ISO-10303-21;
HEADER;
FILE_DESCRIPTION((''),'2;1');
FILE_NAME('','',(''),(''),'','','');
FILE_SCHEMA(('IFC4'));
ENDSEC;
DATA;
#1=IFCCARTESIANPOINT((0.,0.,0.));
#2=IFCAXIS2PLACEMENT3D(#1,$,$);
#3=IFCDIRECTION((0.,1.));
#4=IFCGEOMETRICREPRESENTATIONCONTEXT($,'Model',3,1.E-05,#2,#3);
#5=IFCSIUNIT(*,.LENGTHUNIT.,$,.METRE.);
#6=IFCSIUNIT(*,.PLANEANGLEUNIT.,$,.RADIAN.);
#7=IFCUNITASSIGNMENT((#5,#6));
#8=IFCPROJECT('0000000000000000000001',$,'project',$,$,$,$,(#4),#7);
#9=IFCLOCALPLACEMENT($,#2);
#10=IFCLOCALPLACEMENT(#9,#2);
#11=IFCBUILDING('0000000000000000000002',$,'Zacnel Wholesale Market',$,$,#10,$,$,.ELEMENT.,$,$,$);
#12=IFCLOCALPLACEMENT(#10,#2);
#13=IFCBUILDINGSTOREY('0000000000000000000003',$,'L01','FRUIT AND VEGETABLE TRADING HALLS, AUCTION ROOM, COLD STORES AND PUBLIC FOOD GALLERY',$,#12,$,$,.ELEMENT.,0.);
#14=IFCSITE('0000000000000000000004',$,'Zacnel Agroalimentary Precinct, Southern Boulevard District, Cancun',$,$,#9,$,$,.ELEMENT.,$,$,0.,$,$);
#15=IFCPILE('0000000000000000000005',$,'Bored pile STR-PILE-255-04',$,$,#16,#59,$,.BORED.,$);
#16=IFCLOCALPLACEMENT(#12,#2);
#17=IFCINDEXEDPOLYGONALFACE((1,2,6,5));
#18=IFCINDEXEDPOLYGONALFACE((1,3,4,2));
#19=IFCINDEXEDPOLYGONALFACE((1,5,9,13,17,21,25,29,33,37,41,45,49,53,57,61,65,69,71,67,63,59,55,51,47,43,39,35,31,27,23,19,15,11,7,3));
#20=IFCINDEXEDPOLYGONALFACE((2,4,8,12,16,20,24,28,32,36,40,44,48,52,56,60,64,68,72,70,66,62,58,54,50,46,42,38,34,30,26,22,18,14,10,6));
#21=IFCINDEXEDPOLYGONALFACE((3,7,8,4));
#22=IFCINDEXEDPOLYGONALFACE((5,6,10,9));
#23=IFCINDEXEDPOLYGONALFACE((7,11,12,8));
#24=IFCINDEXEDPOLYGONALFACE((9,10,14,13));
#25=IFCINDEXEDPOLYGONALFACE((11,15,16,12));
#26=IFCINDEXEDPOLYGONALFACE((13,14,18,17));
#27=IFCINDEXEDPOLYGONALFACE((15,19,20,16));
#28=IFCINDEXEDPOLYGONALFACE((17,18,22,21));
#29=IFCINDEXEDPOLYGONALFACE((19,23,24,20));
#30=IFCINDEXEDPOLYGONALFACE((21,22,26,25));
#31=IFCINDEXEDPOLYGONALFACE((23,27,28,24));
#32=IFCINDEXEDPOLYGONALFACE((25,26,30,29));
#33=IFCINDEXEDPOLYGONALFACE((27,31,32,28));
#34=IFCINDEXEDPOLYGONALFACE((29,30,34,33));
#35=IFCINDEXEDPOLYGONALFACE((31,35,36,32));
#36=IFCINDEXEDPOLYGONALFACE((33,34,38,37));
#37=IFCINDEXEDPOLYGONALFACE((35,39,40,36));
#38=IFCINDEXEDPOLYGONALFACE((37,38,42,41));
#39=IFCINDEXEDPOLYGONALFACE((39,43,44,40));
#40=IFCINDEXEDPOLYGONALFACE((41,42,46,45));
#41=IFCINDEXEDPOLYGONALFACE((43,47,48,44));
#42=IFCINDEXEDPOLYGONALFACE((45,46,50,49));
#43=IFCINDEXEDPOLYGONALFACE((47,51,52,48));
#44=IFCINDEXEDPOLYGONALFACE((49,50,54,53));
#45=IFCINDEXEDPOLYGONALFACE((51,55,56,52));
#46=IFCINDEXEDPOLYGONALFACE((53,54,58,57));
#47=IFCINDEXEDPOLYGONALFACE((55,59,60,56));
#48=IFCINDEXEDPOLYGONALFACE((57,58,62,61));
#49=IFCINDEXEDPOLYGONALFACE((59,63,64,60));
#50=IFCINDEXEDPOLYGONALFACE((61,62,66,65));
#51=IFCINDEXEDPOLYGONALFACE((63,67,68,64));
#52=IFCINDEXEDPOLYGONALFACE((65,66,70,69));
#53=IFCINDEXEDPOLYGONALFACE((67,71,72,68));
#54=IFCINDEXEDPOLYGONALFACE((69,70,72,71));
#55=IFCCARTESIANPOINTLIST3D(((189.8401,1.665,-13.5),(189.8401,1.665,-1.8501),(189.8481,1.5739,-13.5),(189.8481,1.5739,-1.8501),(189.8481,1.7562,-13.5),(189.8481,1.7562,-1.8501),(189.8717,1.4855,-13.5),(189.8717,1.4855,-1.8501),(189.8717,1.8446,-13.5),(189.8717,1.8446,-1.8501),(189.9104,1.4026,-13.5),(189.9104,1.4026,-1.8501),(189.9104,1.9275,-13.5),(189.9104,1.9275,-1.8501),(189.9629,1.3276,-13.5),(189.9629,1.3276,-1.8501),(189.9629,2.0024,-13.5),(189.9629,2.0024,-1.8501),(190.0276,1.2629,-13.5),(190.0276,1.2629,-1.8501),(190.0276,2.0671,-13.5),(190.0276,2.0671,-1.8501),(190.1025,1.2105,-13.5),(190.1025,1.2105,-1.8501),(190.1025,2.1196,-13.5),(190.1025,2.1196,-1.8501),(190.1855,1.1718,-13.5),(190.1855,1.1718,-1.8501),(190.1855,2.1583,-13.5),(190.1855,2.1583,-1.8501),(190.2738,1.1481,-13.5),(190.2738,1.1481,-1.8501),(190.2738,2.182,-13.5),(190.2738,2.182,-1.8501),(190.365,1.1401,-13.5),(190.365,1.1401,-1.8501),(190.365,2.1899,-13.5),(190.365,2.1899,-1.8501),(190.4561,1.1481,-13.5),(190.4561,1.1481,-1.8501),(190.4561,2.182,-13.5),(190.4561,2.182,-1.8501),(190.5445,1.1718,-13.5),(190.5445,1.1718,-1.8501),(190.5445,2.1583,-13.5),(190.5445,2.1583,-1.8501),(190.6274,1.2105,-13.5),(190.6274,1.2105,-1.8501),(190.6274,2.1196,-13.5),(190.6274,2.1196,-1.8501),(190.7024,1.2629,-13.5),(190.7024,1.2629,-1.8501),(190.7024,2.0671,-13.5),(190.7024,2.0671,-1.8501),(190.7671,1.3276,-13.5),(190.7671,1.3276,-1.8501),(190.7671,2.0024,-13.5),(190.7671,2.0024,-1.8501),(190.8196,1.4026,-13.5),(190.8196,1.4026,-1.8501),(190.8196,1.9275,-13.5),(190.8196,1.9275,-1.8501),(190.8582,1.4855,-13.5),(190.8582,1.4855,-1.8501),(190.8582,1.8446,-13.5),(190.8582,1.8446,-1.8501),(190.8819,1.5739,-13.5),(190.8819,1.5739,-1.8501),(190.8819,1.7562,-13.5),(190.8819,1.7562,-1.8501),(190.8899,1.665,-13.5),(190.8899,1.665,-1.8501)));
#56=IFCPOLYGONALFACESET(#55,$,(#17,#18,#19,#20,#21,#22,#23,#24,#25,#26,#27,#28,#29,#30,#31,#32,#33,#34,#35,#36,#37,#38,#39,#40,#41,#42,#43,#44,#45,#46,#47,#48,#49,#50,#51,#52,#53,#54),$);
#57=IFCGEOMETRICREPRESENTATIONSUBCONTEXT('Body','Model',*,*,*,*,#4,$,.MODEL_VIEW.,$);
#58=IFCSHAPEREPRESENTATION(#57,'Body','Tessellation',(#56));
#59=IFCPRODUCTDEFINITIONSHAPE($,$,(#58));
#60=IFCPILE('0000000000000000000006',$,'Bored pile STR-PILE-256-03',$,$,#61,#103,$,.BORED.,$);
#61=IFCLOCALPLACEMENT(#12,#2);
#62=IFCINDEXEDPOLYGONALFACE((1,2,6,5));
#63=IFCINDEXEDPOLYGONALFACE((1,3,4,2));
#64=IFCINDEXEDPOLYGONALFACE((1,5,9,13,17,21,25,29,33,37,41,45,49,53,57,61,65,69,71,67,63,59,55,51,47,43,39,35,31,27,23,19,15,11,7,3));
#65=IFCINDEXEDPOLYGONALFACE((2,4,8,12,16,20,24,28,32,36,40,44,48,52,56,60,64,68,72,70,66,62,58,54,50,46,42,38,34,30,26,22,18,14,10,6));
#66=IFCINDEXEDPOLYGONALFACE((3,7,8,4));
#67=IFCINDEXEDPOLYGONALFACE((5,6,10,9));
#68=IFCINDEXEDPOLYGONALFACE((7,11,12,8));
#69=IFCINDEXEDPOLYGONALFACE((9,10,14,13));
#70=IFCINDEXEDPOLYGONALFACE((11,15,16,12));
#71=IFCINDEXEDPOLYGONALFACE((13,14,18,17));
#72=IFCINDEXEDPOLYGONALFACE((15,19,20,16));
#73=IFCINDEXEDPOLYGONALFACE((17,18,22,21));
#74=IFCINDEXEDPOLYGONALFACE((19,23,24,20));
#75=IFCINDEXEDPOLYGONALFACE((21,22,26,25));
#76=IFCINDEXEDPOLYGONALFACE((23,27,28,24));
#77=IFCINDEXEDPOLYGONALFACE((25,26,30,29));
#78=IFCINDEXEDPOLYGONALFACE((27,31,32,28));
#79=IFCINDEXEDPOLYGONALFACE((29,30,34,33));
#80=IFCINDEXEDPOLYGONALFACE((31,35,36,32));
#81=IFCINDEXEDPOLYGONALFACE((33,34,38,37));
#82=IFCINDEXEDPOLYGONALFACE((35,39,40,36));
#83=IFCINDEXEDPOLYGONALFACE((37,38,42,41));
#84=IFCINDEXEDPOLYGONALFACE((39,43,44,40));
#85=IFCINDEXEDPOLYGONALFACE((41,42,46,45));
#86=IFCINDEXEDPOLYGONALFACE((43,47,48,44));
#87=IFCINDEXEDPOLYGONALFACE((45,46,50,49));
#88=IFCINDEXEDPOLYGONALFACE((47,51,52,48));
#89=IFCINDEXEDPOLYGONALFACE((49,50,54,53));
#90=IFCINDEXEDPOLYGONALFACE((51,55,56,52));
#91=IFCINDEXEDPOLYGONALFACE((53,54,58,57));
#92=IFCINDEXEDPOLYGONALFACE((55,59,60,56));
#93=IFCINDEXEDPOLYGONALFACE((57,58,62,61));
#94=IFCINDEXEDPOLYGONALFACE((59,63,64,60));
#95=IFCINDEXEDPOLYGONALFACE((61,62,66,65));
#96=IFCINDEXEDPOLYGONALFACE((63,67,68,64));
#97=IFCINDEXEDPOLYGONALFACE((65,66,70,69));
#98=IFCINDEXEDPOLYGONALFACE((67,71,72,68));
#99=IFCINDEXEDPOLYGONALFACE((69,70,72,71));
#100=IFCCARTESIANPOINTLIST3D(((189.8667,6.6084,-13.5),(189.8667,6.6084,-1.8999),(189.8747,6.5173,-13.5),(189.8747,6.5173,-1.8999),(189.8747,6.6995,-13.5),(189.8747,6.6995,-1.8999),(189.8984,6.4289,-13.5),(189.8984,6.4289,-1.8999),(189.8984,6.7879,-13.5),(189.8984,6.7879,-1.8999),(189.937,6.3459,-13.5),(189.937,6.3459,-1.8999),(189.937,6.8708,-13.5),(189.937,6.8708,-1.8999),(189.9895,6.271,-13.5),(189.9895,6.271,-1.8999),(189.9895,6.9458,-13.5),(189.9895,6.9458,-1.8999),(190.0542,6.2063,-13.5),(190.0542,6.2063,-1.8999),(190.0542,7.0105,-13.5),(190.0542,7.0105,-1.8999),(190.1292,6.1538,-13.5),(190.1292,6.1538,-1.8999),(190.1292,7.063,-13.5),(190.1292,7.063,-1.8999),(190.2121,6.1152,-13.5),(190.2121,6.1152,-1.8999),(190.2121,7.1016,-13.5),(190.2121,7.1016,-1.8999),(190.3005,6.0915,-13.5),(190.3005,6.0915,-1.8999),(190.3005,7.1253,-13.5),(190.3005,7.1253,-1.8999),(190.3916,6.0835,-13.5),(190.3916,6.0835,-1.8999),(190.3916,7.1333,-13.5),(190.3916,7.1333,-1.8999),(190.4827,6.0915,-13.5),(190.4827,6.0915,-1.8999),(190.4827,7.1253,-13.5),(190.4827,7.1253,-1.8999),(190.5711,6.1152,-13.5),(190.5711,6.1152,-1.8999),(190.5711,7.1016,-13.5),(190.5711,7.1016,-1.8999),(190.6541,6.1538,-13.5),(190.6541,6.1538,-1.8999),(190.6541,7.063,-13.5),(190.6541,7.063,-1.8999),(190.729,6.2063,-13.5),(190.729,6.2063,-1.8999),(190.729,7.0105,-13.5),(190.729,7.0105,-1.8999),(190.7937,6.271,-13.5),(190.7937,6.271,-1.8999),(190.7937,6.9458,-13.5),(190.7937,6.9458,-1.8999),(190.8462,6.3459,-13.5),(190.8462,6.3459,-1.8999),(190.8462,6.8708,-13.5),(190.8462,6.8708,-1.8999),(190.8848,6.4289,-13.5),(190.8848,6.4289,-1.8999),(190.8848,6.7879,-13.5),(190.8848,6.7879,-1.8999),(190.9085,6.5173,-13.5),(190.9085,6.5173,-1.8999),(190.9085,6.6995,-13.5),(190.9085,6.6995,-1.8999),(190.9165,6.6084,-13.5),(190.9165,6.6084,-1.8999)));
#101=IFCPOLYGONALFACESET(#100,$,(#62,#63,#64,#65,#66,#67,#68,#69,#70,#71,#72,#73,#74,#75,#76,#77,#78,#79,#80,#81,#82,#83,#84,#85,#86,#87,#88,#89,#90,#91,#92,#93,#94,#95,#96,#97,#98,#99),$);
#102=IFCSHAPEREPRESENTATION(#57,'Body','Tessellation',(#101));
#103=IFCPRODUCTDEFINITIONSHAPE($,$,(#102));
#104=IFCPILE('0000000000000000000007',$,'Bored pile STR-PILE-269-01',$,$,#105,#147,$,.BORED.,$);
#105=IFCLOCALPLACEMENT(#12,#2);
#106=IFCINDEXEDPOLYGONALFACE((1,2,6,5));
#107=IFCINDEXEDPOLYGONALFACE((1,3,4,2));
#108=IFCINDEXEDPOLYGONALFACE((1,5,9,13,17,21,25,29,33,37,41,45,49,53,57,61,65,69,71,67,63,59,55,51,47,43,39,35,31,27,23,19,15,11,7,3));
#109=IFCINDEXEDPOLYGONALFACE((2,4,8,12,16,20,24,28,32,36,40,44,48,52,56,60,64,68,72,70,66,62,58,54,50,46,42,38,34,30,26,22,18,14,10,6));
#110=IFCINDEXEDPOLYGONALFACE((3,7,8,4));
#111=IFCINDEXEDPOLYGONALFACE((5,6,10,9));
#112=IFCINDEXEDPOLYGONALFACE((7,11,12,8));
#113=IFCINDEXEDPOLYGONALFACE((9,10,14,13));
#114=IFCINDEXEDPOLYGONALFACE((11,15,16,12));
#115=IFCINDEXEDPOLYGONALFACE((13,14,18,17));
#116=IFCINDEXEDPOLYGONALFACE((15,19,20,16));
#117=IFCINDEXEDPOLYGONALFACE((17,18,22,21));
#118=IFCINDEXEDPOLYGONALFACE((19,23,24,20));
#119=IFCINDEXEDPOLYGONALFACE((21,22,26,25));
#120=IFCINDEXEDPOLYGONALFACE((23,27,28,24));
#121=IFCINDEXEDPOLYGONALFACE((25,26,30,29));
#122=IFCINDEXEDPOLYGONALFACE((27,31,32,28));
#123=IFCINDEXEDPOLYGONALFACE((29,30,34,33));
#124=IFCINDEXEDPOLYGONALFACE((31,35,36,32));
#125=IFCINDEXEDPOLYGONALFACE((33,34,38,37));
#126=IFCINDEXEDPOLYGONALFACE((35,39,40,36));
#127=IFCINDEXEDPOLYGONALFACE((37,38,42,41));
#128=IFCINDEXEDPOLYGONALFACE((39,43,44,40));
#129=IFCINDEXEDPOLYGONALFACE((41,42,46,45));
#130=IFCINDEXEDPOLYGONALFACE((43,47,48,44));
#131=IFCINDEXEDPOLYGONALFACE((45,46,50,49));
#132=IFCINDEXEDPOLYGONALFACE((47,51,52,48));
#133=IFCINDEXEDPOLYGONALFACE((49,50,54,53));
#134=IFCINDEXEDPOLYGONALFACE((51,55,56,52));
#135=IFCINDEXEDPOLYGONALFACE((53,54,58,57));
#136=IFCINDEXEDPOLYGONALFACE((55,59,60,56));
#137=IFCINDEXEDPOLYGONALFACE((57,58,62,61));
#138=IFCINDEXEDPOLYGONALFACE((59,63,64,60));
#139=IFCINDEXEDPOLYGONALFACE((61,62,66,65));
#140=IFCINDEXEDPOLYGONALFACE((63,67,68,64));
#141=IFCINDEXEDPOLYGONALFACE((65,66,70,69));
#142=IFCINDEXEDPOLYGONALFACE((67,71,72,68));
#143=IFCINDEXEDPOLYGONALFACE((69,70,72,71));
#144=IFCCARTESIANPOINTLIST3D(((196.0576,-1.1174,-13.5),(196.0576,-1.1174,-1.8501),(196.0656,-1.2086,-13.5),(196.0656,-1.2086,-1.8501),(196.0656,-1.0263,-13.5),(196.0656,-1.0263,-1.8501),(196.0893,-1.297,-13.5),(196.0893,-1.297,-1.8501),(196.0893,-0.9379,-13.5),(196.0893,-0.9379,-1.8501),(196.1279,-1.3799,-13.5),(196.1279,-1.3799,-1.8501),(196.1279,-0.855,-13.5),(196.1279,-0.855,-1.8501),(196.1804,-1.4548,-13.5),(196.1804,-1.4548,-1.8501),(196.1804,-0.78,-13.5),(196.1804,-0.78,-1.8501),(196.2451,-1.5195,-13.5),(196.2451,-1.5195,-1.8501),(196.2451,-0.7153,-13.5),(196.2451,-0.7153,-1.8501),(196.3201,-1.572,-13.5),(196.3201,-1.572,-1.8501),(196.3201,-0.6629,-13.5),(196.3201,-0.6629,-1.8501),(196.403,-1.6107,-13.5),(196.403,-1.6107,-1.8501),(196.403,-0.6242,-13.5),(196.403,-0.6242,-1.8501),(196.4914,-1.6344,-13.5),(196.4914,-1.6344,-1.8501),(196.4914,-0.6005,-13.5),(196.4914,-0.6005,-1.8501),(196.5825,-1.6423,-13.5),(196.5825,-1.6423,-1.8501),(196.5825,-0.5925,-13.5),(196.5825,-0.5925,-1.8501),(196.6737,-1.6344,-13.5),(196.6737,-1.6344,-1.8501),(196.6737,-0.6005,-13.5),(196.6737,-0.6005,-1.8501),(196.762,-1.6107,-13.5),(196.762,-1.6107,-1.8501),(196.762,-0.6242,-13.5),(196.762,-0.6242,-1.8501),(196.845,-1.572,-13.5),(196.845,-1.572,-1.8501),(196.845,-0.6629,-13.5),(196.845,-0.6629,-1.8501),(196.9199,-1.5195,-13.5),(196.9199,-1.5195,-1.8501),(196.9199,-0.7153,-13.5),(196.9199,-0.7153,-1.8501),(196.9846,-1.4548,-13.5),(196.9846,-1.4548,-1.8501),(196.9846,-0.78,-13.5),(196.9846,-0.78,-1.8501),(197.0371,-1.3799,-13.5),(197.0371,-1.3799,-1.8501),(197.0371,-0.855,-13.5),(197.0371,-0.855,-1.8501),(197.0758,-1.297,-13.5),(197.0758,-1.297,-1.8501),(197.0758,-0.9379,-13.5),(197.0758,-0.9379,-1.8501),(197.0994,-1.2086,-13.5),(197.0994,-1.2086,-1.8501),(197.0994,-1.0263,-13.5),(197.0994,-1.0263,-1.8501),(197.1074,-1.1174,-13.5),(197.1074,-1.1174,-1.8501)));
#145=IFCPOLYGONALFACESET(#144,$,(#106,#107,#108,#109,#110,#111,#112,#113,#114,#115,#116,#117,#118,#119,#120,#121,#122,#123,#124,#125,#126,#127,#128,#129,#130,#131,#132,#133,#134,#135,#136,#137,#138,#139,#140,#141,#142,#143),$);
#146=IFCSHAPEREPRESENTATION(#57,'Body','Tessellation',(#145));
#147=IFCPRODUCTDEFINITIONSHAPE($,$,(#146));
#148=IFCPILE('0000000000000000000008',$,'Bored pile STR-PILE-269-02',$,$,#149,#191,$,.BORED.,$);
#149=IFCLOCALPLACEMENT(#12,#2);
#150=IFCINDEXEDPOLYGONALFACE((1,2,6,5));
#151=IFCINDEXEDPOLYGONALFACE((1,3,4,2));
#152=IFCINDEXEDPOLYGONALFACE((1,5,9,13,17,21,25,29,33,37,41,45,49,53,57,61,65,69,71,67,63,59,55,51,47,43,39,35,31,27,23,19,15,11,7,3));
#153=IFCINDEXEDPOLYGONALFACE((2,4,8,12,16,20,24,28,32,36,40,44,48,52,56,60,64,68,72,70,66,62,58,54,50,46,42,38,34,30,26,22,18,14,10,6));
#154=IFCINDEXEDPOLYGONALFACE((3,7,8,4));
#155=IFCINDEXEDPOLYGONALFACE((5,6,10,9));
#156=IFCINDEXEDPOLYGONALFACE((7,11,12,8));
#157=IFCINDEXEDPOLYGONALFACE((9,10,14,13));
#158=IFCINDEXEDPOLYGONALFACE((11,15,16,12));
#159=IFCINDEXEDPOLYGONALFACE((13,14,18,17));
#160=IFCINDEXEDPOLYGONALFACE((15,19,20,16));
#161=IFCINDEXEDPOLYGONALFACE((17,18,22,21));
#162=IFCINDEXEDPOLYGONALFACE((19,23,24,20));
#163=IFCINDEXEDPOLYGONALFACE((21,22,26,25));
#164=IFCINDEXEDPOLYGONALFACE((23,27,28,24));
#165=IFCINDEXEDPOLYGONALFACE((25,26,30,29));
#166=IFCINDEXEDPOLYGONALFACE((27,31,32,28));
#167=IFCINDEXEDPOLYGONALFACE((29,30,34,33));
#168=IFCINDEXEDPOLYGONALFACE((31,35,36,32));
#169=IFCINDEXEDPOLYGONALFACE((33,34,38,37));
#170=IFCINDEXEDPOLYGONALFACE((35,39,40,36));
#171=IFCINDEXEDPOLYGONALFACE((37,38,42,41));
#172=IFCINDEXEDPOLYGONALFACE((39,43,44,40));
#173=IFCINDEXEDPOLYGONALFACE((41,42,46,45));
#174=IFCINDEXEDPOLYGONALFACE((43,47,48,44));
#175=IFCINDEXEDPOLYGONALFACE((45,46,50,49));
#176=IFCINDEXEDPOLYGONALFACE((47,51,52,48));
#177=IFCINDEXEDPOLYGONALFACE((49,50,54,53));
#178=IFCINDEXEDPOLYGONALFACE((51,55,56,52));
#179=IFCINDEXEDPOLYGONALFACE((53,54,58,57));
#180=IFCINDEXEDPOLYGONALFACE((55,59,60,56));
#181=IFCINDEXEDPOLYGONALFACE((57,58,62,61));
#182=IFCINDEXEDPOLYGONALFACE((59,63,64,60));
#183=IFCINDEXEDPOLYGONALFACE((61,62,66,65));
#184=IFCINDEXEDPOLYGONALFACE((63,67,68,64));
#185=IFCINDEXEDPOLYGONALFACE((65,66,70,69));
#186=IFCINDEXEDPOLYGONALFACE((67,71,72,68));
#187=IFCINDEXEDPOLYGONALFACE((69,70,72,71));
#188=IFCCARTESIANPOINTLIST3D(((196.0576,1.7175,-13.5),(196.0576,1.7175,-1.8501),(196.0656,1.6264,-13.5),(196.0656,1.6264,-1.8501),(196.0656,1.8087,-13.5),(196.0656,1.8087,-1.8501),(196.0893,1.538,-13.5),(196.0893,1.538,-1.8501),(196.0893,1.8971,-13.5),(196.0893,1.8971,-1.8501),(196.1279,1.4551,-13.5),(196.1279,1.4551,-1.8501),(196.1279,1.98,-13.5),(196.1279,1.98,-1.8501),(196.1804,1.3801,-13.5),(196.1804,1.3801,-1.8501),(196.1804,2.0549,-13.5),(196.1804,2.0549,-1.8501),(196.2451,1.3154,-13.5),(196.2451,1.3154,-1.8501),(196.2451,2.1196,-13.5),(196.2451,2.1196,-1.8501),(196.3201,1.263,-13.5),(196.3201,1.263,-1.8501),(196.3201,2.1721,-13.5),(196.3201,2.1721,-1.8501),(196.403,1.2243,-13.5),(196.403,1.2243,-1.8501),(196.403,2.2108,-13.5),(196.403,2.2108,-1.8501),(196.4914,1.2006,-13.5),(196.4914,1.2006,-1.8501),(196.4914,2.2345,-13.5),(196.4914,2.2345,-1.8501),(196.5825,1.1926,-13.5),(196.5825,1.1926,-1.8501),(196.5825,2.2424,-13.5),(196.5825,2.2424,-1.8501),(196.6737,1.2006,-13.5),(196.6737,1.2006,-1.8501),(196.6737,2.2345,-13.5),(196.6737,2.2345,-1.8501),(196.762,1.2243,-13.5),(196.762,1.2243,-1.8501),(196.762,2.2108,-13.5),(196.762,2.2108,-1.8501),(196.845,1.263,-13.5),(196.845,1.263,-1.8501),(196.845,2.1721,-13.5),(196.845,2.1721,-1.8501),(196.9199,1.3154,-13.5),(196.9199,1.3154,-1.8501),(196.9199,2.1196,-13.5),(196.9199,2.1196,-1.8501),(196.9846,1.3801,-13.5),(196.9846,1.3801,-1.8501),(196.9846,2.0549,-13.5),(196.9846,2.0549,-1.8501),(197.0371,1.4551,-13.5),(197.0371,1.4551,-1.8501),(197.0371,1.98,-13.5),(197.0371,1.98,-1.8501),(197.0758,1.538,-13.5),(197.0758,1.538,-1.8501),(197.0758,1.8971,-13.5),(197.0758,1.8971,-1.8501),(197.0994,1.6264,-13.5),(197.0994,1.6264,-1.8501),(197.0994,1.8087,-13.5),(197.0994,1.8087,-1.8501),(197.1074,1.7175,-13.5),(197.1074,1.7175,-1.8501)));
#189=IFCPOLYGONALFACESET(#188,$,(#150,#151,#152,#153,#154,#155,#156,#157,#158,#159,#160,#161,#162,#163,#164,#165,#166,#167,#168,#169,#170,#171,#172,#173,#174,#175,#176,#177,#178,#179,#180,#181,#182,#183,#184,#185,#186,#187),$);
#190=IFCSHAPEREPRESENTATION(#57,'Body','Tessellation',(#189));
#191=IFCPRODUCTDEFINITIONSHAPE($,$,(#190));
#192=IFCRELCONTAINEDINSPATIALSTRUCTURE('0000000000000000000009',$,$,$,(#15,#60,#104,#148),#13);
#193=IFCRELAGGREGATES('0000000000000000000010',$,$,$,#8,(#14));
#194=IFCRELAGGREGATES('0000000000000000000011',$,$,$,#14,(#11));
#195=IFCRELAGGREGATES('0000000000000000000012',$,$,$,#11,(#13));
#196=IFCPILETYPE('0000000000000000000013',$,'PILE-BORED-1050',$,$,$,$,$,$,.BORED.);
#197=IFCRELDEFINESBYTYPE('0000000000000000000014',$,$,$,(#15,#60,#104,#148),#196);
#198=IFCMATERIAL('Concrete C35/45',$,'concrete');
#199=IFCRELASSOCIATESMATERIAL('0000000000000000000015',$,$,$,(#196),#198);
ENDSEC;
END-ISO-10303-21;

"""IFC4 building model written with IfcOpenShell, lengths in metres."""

from ifc_helpers import new_model, si_unit, direction, frame, origin, origin_2d, place, context, subcontext, project, spatial, circle, extrude, material, material_profile, profile_set, type_object, element, save


model = new_model("IFC4")

# Units and contexts
model_context = context("Model", 3, precision=1e-05, world=origin(), true_north=direction((0.0, 1.0)))
body_context = subcontext(model_context, "Body", "Model", "MODEL_VIEW")
ifc_project = project(units=[si_unit("LENGTHUNIT", "METRE"), si_unit("PLANEANGLEUNIT", "RADIAN")], contexts=[model_context])

# Site, building, storey
site_placement = place(None, origin())
site = spatial("IfcSite", under=ifc_project, at=site_placement, Name="Zacnel Agroalimentary Precinct, Southern Boulevard District, Cancun", CompositionType="ELEMENT", RefElevation=0.0)
building_placement = place(site_placement, origin())
building = spatial("IfcBuilding", under=site, at=building_placement, Name="Zacnel Wholesale Market", CompositionType="ELEMENT")
storey_placement = place(building_placement, origin())
storey = spatial("IfcBuildingStorey", under=building, at=storey_placement, Name="L01", Description="FRUIT AND VEGETABLE TRADING HALLS, AUCTION ROOM, COLD STORES AND PUBLIC FOOD GALLERY", CompositionType="ELEMENT", Elevation=0.0)

# Piles
ifc_material_1 = material(Name="Concrete C35/45", Category="concrete")
ifc_material_profile_1 = material_profile(ifc_material_1, circle(Radius=0.5249, at=origin_2d()), Name="BORED PILE D1050")
ifc_profile_set_1 = profile_set([ifc_material_profile_1], Name="Concrete C35/45")
pile_type_1 = type_object("IfcPileType", Name="PILE-BORED-1050", PredefinedType="BORED", material=ifc_profile_set_1)
for number, where, z_axis, x_axis, name in (
    (1, (190.365, 1.665, -1.8501), (0.0, 0.0, -1.0), (1.0, 0.0, 0.0), "Bored pile STR-PILE-255-04"),
):
    element("IfcPile", number, at=place(storey_placement, frame(where, z_axis=z_axis, x_axis=x_axis)), inside=storey, type_object=pile_type_1, Name=name, PredefinedType="BORED", context=body_context, shape_type="SweptSolid", body=[
        extrude(circle(Radius=0.5249, at=origin_2d()), origin(), (0.0, 0.0, 1.0), 11.6499),
    ])
pile_1_placement = place(storey_placement, frame((190.3916, 6.6084, -1.8999), z_axis=(0.0, 0.0, -1.0), x_axis=(1.0, 0.0, 0.0)))
element("IfcPile", 2, at=pile_1_placement, inside=storey, type_object=pile_type_1, Name="Bored pile STR-PILE-256-03", PredefinedType="BORED", context=body_context, shape_type="SweptSolid", body=[
    extrude(circle(Radius=0.5249, at=origin_2d()), origin(), (0.0, 0.0, 1.0), 11.6001),
])
for number, where, z_axis, x_axis, name in (
    (3, (196.5825, -1.1174, -1.8501), (0.0, 0.0, -1.0), (1.0, 0.0, 0.0), "Bored pile STR-PILE-269-01"),
    (4, (196.5825, 1.7175, -1.8501), (0.0, 0.0, -1.0), (1.0, 0.0, 0.0), "Bored pile STR-PILE-269-02"),
):
    element("IfcPile", number, at=place(storey_placement, frame(where, z_axis=z_axis, x_axis=x_axis)), inside=storey, type_object=pile_type_1, Name=name, PredefinedType="BORED", context=body_context, shape_type="SweptSolid", body=[
        extrude(circle(Radius=0.5249, at=origin_2d()), origin(), (0.0, 0.0, 1.0), 11.6499),
    ])

save(model, "model.ifc")
